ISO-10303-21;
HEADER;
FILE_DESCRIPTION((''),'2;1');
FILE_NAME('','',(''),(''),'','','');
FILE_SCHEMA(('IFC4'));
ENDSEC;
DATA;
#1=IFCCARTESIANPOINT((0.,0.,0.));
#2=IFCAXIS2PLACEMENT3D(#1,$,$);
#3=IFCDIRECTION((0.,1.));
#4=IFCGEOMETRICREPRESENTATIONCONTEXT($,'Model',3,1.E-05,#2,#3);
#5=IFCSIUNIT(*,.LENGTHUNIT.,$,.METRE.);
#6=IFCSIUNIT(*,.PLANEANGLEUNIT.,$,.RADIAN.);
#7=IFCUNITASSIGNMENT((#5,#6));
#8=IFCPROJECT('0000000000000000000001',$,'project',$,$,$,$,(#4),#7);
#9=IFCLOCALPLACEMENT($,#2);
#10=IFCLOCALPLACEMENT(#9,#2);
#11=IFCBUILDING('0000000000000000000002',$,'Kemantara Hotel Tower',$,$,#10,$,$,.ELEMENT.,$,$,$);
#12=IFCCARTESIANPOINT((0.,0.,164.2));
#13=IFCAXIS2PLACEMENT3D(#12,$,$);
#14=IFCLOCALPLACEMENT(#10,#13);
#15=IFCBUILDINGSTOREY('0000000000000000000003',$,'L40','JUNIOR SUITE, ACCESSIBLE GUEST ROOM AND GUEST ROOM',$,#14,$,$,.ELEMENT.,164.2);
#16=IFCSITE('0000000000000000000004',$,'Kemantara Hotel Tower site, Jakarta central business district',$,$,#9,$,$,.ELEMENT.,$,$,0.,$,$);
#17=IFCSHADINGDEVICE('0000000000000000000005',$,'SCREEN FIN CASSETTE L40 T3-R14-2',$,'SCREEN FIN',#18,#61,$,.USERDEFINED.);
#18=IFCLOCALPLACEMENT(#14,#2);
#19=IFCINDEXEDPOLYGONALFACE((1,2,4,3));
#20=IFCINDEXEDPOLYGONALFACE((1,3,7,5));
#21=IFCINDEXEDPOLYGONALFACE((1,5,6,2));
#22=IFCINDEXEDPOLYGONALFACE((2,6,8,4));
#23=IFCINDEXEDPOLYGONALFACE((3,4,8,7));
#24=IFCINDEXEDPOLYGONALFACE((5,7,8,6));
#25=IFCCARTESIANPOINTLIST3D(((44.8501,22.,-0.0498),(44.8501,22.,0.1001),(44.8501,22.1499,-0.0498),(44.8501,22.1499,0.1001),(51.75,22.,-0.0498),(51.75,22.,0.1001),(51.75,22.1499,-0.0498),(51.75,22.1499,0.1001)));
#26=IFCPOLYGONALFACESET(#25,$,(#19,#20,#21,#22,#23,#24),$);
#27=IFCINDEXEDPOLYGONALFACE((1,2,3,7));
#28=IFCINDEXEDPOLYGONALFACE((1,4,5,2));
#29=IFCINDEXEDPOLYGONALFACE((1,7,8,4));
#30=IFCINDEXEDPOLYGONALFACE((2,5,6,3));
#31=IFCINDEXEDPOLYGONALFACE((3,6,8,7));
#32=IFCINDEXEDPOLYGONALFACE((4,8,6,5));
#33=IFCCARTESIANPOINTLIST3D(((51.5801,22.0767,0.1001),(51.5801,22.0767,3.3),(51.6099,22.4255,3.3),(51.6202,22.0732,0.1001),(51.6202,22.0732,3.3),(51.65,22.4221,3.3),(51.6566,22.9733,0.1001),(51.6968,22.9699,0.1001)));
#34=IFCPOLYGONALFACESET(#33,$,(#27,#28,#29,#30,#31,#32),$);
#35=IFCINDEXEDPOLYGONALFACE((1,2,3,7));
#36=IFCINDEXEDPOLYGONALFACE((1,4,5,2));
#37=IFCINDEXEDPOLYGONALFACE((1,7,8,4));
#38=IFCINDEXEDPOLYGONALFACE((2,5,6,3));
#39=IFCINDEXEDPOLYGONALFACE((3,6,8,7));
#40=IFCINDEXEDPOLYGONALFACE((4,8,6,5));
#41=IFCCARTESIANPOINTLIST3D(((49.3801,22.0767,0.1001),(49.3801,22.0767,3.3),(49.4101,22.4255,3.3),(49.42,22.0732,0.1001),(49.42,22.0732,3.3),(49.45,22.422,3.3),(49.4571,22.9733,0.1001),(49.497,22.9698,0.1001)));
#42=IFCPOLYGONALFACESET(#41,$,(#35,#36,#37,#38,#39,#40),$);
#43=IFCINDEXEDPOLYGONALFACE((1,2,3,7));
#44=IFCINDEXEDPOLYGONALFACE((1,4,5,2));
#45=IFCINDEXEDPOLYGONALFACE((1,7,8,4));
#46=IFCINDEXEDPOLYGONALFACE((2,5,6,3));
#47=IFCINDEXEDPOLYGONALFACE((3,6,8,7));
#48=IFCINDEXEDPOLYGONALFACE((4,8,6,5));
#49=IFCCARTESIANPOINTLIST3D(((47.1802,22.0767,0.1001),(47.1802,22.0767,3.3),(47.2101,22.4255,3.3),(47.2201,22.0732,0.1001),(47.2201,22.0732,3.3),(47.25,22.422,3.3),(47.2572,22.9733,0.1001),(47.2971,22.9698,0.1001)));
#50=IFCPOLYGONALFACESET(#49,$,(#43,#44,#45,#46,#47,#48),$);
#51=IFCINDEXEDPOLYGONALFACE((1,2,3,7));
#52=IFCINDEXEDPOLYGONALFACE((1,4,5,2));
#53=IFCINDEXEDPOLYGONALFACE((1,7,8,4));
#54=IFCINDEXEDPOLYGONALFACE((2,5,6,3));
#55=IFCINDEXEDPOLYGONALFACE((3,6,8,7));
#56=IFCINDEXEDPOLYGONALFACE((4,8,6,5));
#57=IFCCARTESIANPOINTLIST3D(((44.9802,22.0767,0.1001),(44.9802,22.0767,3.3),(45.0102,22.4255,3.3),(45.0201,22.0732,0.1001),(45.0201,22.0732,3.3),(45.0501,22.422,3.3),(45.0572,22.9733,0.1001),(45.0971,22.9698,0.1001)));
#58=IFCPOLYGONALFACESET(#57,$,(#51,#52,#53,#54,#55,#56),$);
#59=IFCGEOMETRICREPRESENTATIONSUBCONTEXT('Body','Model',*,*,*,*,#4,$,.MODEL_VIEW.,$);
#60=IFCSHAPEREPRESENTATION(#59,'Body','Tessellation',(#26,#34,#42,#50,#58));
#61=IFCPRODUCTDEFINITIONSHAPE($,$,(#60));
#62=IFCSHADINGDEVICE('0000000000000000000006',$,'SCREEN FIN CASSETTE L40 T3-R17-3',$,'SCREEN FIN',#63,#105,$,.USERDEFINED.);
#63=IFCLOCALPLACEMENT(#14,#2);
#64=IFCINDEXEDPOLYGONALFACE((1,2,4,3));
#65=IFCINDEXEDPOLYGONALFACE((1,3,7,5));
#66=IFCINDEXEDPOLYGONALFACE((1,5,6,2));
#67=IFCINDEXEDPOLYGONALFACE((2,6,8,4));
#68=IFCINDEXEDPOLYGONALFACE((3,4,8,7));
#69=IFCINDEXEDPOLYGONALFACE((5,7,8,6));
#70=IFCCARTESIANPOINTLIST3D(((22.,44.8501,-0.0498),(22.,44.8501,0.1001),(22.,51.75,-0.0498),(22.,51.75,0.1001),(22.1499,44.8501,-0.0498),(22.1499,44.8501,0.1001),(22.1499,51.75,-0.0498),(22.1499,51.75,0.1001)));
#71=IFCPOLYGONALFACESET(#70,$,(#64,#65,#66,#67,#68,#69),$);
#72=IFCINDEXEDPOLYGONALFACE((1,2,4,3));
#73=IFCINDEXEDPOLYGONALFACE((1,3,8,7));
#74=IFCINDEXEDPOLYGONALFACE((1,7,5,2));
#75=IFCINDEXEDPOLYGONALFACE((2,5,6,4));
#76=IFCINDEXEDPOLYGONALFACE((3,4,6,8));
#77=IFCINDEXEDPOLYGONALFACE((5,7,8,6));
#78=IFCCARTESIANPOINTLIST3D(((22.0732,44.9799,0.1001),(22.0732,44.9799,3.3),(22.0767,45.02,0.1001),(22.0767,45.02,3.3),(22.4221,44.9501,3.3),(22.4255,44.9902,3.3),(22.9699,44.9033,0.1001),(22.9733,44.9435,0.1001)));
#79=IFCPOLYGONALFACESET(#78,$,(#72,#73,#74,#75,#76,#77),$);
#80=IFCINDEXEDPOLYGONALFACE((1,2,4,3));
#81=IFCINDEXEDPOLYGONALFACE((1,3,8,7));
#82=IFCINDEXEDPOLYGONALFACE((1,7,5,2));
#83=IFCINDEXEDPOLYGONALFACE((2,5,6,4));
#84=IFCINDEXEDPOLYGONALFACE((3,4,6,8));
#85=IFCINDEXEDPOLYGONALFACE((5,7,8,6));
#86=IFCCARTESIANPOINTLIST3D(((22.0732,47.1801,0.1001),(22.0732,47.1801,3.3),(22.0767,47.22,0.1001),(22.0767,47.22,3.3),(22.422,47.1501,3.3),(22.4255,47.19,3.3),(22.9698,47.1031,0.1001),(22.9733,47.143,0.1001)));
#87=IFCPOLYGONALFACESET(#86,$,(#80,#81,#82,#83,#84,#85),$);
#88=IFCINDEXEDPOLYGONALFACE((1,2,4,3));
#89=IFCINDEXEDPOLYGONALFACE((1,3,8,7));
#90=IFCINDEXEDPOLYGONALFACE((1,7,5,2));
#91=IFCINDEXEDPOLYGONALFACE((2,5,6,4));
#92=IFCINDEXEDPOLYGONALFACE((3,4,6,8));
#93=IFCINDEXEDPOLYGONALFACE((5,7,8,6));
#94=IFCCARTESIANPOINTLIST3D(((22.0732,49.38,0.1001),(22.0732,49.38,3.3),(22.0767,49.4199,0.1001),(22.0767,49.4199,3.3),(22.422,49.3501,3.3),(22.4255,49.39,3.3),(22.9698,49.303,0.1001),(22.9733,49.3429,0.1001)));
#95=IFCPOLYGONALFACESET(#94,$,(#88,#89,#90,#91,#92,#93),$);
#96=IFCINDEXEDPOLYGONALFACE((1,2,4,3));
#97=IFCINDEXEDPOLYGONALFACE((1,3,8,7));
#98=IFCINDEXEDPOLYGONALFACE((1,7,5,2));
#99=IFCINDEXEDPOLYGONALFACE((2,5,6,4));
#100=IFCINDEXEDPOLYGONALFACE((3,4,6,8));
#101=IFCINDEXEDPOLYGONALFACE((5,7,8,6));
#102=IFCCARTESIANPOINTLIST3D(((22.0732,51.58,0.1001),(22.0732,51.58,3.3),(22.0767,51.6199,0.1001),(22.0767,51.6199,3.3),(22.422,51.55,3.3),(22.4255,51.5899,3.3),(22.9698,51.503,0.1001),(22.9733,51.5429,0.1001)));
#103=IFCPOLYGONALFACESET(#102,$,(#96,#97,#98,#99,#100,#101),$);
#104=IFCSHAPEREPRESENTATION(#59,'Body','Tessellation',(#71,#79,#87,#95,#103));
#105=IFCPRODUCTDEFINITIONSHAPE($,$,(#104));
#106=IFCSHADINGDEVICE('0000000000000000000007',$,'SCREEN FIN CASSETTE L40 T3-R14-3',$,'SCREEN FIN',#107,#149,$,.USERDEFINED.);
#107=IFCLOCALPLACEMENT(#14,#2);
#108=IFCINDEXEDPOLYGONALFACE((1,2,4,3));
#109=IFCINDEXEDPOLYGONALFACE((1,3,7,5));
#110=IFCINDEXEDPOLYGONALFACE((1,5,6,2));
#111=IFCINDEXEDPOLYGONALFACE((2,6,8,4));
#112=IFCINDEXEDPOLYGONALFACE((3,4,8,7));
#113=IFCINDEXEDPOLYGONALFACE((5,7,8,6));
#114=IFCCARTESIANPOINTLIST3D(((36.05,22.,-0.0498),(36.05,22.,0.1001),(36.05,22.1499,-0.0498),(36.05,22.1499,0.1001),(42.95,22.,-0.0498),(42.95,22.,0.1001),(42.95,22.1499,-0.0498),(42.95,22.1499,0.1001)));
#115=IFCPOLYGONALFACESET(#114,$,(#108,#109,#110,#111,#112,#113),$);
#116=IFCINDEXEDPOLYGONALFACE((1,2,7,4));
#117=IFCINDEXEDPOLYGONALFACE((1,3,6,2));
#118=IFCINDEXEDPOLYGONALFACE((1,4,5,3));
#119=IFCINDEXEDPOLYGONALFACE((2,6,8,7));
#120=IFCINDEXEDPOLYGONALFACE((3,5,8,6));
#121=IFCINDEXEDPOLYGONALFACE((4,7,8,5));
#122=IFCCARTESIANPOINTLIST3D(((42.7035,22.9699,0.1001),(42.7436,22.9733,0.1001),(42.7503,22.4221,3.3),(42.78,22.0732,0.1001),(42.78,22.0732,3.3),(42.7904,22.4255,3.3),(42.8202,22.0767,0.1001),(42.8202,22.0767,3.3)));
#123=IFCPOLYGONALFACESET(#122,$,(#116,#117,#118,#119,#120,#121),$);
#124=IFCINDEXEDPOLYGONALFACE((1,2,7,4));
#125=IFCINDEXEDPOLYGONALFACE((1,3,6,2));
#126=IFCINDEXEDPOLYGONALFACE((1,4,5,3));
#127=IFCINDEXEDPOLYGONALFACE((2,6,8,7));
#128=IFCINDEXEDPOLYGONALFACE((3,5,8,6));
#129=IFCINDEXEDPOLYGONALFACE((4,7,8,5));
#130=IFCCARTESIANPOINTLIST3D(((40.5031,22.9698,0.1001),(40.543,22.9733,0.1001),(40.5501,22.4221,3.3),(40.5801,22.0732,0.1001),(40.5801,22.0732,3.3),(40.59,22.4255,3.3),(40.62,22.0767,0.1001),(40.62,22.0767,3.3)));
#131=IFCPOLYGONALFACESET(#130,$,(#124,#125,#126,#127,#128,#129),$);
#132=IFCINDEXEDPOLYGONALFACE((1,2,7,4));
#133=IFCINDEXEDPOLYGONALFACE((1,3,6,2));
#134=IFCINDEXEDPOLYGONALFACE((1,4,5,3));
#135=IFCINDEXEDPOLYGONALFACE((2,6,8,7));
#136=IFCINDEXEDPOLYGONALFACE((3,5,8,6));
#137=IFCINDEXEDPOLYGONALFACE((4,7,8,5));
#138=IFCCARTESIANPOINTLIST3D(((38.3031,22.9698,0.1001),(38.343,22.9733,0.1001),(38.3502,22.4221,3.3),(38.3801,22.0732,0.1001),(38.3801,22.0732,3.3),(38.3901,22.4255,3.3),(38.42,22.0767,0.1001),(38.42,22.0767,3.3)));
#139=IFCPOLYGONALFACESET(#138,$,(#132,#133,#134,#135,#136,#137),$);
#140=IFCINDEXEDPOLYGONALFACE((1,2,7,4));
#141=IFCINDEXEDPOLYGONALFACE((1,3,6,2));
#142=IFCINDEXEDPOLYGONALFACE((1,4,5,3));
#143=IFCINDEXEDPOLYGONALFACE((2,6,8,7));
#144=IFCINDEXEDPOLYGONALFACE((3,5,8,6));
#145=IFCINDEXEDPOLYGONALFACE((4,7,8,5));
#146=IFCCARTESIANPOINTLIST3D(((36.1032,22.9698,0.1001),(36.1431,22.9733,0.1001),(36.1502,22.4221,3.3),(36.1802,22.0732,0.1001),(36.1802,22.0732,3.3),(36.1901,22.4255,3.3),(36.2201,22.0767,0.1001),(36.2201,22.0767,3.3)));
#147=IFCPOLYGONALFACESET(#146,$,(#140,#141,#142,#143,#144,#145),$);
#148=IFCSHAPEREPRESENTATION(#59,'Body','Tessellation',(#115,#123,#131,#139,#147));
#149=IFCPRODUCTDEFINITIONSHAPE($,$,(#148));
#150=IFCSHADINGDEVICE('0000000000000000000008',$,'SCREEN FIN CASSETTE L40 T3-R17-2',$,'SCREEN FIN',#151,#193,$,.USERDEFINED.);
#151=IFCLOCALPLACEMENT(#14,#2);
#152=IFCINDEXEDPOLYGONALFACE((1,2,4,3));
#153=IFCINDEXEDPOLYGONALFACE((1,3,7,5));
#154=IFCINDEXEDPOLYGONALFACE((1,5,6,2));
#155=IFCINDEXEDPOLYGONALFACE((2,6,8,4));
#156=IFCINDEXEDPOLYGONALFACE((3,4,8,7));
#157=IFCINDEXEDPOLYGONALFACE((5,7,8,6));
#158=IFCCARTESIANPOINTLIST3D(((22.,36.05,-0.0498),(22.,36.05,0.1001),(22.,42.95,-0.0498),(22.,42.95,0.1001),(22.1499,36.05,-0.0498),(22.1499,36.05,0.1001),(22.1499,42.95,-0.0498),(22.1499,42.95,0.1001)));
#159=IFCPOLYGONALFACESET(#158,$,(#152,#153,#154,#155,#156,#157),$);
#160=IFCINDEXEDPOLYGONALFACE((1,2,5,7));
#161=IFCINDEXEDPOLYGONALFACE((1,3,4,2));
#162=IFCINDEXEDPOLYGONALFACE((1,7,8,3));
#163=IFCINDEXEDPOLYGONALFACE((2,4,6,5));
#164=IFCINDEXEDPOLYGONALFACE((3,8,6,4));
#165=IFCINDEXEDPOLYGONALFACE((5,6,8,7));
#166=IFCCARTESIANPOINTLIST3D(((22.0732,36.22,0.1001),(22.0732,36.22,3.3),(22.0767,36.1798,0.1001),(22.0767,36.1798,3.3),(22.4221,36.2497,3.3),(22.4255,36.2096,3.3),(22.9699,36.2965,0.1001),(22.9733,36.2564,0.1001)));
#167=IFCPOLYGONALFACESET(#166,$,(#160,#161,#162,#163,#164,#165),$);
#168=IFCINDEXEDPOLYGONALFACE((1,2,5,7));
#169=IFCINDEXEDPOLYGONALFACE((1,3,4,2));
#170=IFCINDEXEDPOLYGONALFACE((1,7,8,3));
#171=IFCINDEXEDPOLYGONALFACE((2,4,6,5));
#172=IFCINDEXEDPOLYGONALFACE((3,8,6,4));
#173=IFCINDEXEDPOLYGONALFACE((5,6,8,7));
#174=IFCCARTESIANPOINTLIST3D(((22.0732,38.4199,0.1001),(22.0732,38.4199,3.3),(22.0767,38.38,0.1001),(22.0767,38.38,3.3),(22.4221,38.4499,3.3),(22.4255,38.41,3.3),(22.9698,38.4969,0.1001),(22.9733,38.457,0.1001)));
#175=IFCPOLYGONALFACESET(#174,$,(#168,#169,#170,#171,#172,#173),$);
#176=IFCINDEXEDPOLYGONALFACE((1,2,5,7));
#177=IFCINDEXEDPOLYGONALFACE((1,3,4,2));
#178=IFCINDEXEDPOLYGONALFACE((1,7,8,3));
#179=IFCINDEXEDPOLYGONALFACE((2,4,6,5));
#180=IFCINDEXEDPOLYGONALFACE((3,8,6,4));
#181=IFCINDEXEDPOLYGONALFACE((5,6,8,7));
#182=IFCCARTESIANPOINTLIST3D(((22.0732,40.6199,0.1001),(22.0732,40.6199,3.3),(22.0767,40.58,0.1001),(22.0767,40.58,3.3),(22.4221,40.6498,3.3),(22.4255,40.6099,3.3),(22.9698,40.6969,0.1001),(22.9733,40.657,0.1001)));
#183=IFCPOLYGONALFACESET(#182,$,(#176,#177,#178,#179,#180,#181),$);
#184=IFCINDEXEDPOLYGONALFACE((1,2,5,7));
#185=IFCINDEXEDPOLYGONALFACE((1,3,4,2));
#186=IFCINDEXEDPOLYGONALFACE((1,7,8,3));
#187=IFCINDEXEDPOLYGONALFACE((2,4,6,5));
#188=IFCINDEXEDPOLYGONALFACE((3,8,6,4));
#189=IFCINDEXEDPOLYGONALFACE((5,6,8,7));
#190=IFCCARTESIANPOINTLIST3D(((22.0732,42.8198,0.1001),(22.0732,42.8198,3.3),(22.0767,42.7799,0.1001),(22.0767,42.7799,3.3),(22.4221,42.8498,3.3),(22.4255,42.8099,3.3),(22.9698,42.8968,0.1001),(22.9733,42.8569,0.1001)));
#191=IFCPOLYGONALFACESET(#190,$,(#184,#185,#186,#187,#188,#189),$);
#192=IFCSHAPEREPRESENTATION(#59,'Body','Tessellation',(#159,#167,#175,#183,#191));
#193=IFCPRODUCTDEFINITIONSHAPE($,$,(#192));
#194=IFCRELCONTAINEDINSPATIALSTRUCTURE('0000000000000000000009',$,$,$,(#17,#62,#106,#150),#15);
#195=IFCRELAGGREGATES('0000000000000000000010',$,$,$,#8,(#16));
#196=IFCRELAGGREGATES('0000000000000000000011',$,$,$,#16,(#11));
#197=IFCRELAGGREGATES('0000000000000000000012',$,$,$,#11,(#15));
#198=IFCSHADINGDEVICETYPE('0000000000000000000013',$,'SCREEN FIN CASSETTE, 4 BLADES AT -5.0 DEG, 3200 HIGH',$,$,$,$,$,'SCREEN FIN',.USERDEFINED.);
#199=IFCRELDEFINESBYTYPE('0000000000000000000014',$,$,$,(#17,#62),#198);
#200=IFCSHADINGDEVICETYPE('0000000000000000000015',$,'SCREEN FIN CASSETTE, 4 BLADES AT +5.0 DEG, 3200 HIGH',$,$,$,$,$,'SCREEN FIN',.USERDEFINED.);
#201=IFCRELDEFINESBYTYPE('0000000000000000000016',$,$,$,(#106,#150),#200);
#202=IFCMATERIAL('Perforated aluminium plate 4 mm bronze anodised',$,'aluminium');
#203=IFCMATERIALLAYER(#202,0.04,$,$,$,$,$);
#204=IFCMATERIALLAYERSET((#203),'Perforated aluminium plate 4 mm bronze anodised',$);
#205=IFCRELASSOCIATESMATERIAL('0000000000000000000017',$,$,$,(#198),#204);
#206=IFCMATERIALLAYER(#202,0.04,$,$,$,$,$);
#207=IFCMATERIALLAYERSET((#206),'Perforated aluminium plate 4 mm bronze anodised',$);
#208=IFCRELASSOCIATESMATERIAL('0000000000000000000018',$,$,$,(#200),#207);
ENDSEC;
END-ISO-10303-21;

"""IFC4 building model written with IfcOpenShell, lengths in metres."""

from ifc_helpers import new_model, si_unit, direction, frame, origin, origin_2d, place, context, subcontext, project, spatial, polyline, rectangle, outline, extrude, source, transform, mapped, material, layer, layer_set, type_object, element, save


model = new_model("IFC4")

# Units and contexts
model_context = context("Model", 3, precision=1e-05, world=origin(), true_north=direction((0.0, 1.0)))
body_context = subcontext(model_context, "Body", "Model", "MODEL_VIEW")
ifc_project = project(units=[si_unit("LENGTHUNIT", "METRE"), si_unit("PLANEANGLEUNIT", "RADIAN")], contexts=[model_context])

# Site, building, storey
site_placement = place(None, origin())
site = spatial("IfcSite", under=ifc_project, at=site_placement, Name="Kemantara Hotel Tower site, Jakarta central business district", CompositionType="ELEMENT", RefElevation=0.0)
building_placement = place(site_placement, origin())
building = spatial("IfcBuilding", under=site, at=building_placement, Name="Kemantara Hotel Tower", CompositionType="ELEMENT")
storey_placement = place(building_placement, frame((0.0, 0.0, 164.2)))
storey = spatial("IfcBuildingStorey", under=building, at=storey_placement, Name="L40", Description="JUNIOR SUITE, ACCESSIBLE GUEST ROOM AND GUEST ROOM", CompositionType="ELEMENT", Elevation=164.2)

# Shading devices
ifc_material_1 = material(Name="Perforated aluminium plate 4 mm bronze anodised", Category="aluminium")
ifc_layer_1 = layer(ifc_material_1, 0.04)
ifc_layer_set_1 = layer_set([ifc_layer_1], Name="Perforated aluminium plate 4 mm bronze anodised")
shading_device_type_1 = type_object("IfcShadingDeviceType", Name="SCREEN FIN CASSETTE, 4 BLADES AT -5.0 DEG, 3200 HIGH", ElementType="SCREEN FIN", PredefinedType="USERDEFINED", material=ifc_layer_set_1)
shared_shape_1 = source(origin(), body_context, "Body", "SweptSolid", [
    extrude(rectangle(XDim=6.8999, YDim=0.1499, at=origin_2d()), frame((3.3, -0.075, -0.1499), z_axis=(0.0, 0.0, 1.0), x_axis=(1.0, 0.0, 0.0)), (0.0, 0.0, 1.0), 0.1499),
    extrude(outline(polyline([(0.0, 0.0), (0.8999, 0.0), (0.3501, 3.2), (0.0, 3.2), (0.0, 0.0)])), frame((0.02, -0.0767, 0.0), z_axis=(-0.996376, 0.085056, 0.0), x_axis=(-0.085056, -0.996376, 0.0)), (0.0, 0.0, 1.0), 0.0403),
    extrude(outline(polyline([(0.0, 0.0), (0.8999, 0.0), (0.3501, 3.2), (0.0, 3.2), (0.0, 0.0)])), frame((2.22, -0.0767, 0.0), z_axis=(-0.996332, 0.085575, 0.0), x_axis=(-0.085575, -0.996332, 0.0)), (0.0, 0.0, 1.0), 0.04),
    extrude(outline(polyline([(0.0, 0.0), (0.8999, 0.0), (0.3501, 3.2), (0.0, 3.2), (0.0, 0.0)])), frame((4.4199, -0.0767, 0.0), z_axis=(-0.996332, 0.085575, 0.0), x_axis=(-0.085575, -0.996332, 0.0)), (0.0, 0.0, 1.0), 0.04),
    extrude(outline(polyline([(0.0, 0.0), (0.8999, 0.0), (0.3501, 3.2), (0.0, 3.2), (0.0, 0.0)])), frame((6.6199, -0.0767, 0.0), z_axis=(-0.996332, 0.085575, 0.0), x_axis=(-0.085575, -0.996332, 0.0)), (0.0, 0.0, 1.0), 0.04),
])
for number, where, z_axis, x_axis, name in (
    (1, (51.6001, 22.0, 0.1001), (0.0, 0.0, 1.0), (-1.0, 0.0, 0.0), "SCREEN FIN CASSETTE L40 T3-R14-2"),
    (2, (22.0, 45.0, 0.1001), (0.0, 0.0, 1.0), (0.0, 1.0, 0.0), "SCREEN FIN CASSETTE L40 T3-R17-3"),
):
    element("IfcShadingDevice", number, at=place(storey_placement, frame(where, z_axis=z_axis, x_axis=x_axis)), inside=storey, type_object=shading_device_type_1, Name=name, ObjectType="SCREEN FIN", PredefinedType="USERDEFINED", context=body_context, shape_type="MappedRepresentation", body=[
        mapped(shared_shape_1, transform((0.0, 0.0, 0.0))),
    ])
ifc_layer_2 = layer(ifc_material_1, 0.04)
ifc_layer_set_2 = layer_set([ifc_layer_2], Name="Perforated aluminium plate 4 mm bronze anodised")
shading_device_type_2 = type_object("IfcShadingDeviceType", Name="SCREEN FIN CASSETTE, 4 BLADES AT +5.0 DEG, 3200 HIGH", ElementType="SCREEN FIN", PredefinedType="USERDEFINED", material=ifc_layer_set_2)
shared_shape_2 = source(origin(), body_context, "Body", "SweptSolid", [
    extrude(rectangle(XDim=6.8999, YDim=0.1499, at=origin_2d()), frame((3.3, -0.075, -0.1499), z_axis=(0.0, 0.0, 1.0), x_axis=(1.0, 0.0, 0.0)), (0.0, 0.0, 1.0), 0.1499),
    extrude(outline(polyline([(0.0, 0.0), (0.8999, 0.0), (0.3501, 3.2), (0.0, 3.2), (0.0, 0.0)])), frame((0.02, -0.0732, 0.0), z_axis=(-0.996376, -0.085056, 0.0), x_axis=(0.085056, -0.996376, 0.0)), (0.0, 0.0, 1.0), 0.0403),
    extrude(outline(polyline([(0.0, 0.0), (0.8999, 0.0), (0.3501, 3.2), (0.0, 3.2), (0.0, 0.0)])), frame((2.22, -0.0732, 0.0), z_axis=(-0.996332, -0.085575, 0.0), x_axis=(0.085575, -0.996332, 0.0)), (0.0, 0.0, 1.0), 0.04),
    extrude(outline(polyline([(0.0, 0.0), (0.8999, 0.0), (0.3501, 3.2), (0.0, 3.2), (0.0, 0.0)])), frame((4.4199, -0.0732, 0.0), z_axis=(-0.996332, -0.085575, 0.0), x_axis=(0.085575, -0.996332, 0.0)), (0.0, 0.0, 1.0), 0.04),
    extrude(outline(polyline([(0.0, 0.0), (0.8999, 0.0), (0.3501, 3.2), (0.0, 3.2), (0.0, 0.0)])), frame((6.6199, -0.0732, 0.0), z_axis=(-0.996332, -0.085575, 0.0), x_axis=(0.085575, -0.996332, 0.0)), (0.0, 0.0, 1.0), 0.04),
])
for number, where, z_axis, x_axis, name in (
    (3, (42.8, 22.0, 0.1001), (0.0, 0.0, 1.0), (-1.0, 0.0, 0.0), "SCREEN FIN CASSETTE L40 T3-R14-3"),
    (4, (22.0, 36.2, 0.1001), (0.0, 0.0, 1.0), (0.0, 1.0, 0.0), "SCREEN FIN CASSETTE L40 T3-R17-2"),
):
    element("IfcShadingDevice", number, at=place(storey_placement, frame(where, z_axis=z_axis, x_axis=x_axis)), inside=storey, type_object=shading_device_type_2, Name=name, ObjectType="SCREEN FIN", PredefinedType="USERDEFINED", context=body_context, shape_type="MappedRepresentation", body=[
        mapped(shared_shape_2, transform((0.0, 0.0, 0.0))),
    ])

save(model, "model.ifc")
